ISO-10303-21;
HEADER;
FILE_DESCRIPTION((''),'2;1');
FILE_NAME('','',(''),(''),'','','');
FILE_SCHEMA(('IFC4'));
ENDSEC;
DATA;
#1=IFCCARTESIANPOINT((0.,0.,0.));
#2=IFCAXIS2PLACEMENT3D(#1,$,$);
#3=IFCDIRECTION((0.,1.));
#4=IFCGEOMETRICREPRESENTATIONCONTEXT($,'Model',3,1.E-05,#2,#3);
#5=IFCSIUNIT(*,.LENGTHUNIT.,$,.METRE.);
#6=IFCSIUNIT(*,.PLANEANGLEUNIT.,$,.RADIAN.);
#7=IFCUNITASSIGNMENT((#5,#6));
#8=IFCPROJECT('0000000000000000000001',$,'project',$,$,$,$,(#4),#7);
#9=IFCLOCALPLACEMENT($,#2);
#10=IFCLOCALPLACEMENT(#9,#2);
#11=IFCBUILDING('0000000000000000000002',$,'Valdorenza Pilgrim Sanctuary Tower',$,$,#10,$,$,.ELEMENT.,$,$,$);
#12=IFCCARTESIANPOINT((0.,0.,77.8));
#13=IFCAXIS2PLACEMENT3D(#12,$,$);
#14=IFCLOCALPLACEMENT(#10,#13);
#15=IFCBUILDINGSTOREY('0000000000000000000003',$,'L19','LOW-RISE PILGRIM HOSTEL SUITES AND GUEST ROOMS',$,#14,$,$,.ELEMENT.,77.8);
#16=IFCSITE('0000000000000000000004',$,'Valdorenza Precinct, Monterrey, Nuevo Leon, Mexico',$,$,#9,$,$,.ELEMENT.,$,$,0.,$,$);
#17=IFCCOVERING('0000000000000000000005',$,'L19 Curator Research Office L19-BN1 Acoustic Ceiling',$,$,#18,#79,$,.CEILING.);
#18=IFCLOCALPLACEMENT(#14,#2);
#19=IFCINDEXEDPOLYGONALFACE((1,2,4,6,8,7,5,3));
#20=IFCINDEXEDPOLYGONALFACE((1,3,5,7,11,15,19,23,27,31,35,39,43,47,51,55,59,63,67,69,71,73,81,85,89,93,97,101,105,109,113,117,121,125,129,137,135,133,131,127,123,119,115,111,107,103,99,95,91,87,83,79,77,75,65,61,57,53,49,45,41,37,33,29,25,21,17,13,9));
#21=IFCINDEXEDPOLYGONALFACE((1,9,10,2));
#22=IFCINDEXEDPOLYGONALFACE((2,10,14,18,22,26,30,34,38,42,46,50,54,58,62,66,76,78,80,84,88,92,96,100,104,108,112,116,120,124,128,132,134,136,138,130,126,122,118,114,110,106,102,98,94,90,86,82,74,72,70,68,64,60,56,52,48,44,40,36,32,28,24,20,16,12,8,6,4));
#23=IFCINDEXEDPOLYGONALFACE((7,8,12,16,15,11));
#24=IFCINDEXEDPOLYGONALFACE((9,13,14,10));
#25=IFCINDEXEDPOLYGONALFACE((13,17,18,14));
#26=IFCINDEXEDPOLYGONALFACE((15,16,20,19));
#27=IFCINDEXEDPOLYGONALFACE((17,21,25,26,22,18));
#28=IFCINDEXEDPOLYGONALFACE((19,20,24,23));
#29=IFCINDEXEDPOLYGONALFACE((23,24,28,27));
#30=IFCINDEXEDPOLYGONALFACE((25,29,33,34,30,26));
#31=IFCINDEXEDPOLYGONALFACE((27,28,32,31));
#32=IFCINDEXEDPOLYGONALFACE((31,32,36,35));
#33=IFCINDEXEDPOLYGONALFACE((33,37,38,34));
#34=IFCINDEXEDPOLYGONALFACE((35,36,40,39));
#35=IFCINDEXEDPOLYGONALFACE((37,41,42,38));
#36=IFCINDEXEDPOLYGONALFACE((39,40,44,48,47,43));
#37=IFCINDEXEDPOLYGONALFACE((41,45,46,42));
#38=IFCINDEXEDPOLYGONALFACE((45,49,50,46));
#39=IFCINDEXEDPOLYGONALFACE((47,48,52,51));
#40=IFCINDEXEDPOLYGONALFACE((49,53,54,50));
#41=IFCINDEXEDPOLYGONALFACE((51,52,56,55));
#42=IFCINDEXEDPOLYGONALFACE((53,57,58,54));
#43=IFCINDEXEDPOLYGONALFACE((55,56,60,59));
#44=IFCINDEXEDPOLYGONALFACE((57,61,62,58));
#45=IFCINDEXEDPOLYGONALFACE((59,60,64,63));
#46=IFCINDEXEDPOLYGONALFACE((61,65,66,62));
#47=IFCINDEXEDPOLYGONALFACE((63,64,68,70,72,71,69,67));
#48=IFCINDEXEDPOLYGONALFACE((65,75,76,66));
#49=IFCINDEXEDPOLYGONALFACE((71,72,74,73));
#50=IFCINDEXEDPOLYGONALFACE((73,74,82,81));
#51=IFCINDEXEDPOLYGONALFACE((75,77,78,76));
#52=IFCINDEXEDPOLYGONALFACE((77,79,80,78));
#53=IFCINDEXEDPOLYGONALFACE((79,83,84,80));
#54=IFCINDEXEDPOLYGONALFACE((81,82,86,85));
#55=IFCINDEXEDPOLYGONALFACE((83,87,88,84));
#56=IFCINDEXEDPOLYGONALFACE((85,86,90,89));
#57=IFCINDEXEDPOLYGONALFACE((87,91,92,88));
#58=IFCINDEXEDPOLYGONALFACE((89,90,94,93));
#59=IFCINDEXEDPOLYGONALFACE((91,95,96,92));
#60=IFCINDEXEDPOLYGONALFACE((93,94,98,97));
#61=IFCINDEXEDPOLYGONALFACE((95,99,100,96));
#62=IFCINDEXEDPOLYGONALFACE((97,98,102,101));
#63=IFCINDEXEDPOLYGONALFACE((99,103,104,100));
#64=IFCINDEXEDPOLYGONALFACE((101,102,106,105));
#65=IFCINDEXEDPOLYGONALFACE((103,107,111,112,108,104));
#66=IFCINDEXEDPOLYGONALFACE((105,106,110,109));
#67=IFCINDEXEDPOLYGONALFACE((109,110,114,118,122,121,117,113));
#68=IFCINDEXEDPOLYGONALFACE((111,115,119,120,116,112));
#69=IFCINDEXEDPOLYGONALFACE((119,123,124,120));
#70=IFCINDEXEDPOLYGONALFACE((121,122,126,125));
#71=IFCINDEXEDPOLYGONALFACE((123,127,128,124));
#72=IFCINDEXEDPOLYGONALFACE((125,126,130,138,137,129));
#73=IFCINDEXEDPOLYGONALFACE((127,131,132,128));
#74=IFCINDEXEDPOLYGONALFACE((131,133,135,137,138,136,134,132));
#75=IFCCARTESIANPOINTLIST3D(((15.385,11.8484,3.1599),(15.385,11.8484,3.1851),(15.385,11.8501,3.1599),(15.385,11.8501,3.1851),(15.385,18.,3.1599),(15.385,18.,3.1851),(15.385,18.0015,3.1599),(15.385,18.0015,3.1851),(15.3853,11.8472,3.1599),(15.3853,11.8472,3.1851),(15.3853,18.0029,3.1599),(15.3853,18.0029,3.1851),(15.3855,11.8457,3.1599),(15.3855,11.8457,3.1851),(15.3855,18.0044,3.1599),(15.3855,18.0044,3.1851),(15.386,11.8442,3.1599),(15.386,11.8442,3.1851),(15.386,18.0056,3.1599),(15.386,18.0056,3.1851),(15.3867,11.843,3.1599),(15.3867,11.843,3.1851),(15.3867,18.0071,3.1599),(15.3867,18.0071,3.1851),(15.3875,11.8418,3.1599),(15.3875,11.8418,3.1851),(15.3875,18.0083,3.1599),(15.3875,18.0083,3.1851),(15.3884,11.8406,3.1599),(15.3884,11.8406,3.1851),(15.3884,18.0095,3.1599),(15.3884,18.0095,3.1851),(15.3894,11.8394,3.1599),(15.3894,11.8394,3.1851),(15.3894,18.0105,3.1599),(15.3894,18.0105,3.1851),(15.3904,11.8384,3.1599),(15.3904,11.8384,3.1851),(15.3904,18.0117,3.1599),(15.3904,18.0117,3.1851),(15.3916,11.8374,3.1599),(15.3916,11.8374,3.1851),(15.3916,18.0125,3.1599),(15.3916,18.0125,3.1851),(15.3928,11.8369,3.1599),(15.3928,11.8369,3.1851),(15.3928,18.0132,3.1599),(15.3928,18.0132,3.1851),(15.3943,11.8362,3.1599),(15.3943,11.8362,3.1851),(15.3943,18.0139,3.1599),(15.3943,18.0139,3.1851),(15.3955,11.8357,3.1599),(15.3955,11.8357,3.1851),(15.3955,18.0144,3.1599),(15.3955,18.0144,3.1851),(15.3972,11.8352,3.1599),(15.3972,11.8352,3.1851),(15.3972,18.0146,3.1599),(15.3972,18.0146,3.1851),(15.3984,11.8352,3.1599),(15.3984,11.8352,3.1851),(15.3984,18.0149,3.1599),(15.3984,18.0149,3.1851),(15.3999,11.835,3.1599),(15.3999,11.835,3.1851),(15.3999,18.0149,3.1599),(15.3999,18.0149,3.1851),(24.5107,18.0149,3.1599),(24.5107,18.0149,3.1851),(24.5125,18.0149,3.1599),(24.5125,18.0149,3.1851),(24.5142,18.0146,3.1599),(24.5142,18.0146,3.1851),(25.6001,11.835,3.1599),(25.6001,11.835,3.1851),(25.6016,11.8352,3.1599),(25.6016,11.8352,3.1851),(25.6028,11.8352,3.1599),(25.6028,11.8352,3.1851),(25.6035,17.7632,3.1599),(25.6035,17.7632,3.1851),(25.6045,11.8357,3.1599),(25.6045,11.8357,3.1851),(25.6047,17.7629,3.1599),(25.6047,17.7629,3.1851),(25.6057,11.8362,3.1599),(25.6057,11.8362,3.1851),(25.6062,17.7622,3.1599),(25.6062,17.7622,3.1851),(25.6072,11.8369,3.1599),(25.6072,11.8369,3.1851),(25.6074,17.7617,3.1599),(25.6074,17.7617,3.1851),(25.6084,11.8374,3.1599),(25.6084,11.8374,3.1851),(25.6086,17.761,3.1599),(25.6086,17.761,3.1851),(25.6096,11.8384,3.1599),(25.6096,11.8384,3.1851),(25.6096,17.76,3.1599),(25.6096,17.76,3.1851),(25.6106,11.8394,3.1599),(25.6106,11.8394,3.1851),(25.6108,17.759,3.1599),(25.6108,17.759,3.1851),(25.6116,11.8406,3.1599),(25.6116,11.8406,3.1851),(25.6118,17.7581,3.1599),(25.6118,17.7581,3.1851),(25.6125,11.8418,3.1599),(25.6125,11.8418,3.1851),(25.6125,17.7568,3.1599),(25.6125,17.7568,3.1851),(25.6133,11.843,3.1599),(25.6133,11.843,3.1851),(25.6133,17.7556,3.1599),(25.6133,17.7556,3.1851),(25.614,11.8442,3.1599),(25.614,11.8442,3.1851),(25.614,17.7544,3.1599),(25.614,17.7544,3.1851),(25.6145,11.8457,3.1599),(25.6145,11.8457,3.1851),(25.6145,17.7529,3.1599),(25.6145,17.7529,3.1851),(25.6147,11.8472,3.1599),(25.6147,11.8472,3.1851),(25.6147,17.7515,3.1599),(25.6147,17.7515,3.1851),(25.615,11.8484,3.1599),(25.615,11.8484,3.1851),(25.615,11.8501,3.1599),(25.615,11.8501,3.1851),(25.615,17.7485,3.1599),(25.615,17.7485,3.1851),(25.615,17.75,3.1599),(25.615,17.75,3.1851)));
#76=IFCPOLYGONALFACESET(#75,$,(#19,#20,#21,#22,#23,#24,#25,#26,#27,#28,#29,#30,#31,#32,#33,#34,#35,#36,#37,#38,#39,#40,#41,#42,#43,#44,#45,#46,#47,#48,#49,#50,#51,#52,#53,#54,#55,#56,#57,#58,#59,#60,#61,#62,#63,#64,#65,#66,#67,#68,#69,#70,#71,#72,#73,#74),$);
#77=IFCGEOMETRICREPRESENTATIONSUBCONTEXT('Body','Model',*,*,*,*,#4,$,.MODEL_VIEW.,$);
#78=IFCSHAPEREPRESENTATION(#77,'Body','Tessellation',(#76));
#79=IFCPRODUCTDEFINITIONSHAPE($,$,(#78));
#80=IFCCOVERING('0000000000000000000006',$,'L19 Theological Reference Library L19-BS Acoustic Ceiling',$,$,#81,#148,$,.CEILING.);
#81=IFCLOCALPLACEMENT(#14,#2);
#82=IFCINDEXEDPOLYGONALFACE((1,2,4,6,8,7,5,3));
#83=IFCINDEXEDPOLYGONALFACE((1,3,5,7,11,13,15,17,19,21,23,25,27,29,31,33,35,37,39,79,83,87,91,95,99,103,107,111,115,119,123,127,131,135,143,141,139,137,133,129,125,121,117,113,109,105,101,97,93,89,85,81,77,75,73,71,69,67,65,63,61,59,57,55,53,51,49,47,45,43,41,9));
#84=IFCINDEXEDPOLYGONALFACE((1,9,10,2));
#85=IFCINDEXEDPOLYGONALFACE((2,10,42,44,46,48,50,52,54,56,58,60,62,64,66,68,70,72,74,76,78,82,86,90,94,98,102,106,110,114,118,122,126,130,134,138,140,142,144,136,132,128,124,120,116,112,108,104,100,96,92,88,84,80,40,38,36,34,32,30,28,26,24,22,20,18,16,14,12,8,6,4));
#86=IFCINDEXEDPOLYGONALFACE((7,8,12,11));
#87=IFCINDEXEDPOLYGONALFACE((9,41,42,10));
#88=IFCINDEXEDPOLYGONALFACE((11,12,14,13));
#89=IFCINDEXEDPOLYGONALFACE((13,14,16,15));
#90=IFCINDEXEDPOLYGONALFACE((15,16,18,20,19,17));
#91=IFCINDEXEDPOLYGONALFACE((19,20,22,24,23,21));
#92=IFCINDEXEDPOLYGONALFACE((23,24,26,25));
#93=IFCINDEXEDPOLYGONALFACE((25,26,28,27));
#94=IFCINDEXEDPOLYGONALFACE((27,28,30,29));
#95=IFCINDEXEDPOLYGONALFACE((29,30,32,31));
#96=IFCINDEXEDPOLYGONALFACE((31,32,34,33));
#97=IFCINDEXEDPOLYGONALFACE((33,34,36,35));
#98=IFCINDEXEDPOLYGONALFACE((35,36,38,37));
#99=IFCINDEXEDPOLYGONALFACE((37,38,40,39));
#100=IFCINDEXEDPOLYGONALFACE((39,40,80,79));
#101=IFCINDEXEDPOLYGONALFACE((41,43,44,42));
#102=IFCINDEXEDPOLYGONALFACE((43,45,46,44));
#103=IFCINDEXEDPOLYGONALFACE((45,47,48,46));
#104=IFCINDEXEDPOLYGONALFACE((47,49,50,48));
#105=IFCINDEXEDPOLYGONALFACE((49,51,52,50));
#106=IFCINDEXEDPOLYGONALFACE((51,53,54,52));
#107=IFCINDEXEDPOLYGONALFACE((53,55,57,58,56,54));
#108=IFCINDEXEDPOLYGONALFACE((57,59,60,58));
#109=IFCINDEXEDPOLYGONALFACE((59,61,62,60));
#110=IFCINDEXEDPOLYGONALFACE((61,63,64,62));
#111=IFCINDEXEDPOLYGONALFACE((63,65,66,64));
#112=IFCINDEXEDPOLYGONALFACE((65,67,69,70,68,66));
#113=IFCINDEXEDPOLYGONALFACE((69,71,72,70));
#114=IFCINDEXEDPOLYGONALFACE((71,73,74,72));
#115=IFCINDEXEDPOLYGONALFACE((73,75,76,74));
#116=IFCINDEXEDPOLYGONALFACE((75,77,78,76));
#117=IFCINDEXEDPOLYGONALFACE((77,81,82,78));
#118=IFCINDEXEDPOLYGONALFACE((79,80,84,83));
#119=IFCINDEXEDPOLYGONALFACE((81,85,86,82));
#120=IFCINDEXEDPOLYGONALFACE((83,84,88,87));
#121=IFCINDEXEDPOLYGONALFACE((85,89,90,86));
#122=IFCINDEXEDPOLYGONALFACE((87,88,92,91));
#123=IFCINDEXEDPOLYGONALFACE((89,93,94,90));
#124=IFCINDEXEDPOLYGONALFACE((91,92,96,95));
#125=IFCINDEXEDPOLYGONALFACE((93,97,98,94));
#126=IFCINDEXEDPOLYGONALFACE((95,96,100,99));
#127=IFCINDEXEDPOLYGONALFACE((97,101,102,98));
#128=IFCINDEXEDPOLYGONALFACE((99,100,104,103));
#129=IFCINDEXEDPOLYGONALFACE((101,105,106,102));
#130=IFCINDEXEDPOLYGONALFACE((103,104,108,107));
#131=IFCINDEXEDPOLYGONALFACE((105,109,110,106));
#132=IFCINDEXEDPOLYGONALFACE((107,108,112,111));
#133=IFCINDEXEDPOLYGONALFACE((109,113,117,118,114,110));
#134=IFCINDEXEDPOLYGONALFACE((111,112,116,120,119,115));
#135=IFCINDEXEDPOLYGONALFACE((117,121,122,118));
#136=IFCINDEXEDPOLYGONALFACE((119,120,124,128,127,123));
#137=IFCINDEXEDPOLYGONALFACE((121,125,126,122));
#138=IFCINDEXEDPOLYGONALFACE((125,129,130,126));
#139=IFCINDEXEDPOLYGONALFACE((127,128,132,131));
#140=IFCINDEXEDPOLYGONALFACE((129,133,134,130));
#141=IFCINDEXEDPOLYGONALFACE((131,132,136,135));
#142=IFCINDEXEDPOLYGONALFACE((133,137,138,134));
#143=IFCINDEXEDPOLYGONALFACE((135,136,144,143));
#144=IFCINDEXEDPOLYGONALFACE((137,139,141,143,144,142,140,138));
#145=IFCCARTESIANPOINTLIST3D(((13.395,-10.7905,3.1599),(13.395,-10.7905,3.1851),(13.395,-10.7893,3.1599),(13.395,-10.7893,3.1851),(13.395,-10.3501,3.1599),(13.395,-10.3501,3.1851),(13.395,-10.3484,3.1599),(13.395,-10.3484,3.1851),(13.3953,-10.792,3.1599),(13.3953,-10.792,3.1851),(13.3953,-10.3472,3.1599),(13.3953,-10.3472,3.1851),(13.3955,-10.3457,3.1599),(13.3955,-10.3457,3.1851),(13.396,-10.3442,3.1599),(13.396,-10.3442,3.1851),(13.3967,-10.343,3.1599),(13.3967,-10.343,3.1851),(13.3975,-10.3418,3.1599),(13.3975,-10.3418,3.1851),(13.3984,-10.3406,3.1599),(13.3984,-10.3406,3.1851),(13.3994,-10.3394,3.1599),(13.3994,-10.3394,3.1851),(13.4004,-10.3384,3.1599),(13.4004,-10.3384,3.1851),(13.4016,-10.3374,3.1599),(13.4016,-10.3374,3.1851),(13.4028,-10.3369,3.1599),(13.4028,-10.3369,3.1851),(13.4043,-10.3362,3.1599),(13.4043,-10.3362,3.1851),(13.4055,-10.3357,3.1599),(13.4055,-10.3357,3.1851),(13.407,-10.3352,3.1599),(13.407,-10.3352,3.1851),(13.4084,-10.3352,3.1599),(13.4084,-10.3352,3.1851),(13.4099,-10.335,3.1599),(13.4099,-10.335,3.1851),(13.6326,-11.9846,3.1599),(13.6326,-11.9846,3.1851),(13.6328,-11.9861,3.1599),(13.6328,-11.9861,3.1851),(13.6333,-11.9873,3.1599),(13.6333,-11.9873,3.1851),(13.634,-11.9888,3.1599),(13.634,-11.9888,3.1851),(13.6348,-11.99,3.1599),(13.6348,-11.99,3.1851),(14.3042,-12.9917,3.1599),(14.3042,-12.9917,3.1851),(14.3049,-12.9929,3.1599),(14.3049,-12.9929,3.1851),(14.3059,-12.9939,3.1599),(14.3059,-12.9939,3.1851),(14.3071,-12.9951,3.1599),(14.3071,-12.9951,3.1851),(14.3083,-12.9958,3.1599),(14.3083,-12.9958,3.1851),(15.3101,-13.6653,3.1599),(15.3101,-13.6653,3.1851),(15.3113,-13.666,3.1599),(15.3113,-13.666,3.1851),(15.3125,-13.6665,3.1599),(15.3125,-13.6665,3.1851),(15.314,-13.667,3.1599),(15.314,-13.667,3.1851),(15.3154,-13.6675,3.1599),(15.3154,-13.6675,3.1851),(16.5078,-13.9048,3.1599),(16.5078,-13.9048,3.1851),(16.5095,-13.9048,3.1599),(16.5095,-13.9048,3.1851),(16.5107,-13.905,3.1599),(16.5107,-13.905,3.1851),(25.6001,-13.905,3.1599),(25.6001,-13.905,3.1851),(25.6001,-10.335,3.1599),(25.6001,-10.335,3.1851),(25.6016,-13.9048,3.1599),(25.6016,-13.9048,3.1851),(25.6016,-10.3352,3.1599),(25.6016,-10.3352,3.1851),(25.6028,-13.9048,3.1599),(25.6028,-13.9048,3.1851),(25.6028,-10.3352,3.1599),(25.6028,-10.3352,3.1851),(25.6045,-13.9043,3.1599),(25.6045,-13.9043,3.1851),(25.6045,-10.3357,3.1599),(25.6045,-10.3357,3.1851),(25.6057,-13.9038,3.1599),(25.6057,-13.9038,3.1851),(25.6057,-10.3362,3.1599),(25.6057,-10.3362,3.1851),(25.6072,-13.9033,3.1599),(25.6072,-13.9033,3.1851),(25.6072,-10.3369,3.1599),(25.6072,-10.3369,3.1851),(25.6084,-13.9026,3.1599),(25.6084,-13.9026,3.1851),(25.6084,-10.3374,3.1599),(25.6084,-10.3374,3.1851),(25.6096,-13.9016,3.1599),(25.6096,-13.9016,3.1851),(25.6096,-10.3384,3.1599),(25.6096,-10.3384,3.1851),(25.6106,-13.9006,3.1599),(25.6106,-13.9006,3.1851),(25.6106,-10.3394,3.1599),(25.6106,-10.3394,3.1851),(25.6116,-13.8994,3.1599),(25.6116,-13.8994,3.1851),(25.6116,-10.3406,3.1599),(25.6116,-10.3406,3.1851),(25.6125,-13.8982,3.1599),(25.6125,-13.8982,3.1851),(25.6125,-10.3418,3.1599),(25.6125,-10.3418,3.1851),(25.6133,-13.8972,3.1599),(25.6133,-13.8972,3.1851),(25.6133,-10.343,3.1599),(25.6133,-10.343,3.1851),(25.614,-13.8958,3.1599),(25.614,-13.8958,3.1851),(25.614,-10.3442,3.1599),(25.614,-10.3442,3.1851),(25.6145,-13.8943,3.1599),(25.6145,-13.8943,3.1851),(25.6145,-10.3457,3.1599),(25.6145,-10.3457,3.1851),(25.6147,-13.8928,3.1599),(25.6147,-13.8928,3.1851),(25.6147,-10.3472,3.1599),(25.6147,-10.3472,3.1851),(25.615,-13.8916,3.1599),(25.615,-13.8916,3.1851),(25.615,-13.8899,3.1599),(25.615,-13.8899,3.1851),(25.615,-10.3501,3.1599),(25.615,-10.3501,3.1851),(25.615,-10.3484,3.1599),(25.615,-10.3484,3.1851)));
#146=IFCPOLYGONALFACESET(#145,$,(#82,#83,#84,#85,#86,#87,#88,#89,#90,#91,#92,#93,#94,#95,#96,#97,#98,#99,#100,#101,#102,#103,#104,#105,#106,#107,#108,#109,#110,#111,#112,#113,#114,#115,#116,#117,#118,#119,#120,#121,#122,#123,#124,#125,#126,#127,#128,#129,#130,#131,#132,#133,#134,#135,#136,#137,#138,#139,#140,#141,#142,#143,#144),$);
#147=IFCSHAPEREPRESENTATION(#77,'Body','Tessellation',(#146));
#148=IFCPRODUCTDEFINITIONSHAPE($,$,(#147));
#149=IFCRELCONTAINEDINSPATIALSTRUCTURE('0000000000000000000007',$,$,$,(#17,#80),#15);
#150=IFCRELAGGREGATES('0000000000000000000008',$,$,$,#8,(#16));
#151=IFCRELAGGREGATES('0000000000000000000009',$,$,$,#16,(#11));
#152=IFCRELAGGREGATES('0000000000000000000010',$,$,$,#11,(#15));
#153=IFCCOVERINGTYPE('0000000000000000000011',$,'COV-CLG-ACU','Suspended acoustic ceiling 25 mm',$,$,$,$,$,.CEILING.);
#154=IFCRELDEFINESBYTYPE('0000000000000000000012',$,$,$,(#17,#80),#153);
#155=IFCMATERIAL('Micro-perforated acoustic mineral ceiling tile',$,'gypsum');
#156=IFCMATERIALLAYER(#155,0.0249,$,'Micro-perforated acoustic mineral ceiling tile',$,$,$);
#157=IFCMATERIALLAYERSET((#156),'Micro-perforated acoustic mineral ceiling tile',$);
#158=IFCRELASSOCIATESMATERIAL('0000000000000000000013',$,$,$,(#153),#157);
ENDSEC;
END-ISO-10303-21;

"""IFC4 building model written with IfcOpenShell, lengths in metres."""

from ifc_helpers import new_model, si_unit, direction, frame, origin, place, context, subcontext, project, spatial, polyline, outline, extrude, material, layer, layer_set, type_object, element, save


model = new_model("IFC4")

# Units and contexts
model_context = context("Model", 3, precision=1e-05, world=origin(), true_north=direction((0.0, 1.0)))
body_context = subcontext(model_context, "Body", "Model", "MODEL_VIEW")
ifc_project = project(units=[si_unit("LENGTHUNIT", "METRE"), si_unit("PLANEANGLEUNIT", "RADIAN")], contexts=[model_context])

# Site, building, storey
site_placement = place(None, origin())
site = spatial("IfcSite", under=ifc_project, at=site_placement, Name="Valdorenza Precinct, Monterrey, Nuevo Leon, Mexico", CompositionType="ELEMENT", RefElevation=0.0)
building_placement = place(site_placement, origin())
building = spatial("IfcBuilding", under=site, at=building_placement, Name="Valdorenza Pilgrim Sanctuary Tower", CompositionType="ELEMENT")
storey_placement = place(building_placement, frame((0.0, 0.0, 77.8)))
storey = spatial("IfcBuildingStorey", under=building, at=storey_placement, Name="L19", Description="LOW-RISE PILGRIM HOSTEL SUITES AND GUEST ROOMS", CompositionType="ELEMENT", Elevation=77.8)

# Coverings
ifc_material_1 = material(Name="Micro-perforated acoustic mineral ceiling tile", Category="gypsum")
ifc_layer_1 = layer(ifc_material_1, 0.0249, Name="Micro-perforated acoustic mineral ceiling tile")
ifc_layer_set_1 = layer_set([ifc_layer_1], Name="Micro-perforated acoustic mineral ceiling tile")
covering_type_1 = type_object("IfcCoveringType", Name="COV-CLG-ACU", Description="Suspended acoustic ceiling 25 mm", PredefinedType="CEILING", material=ifc_layer_set_1)
covering_1_placement = place(storey_placement, frame((0.0, 0.0, 3.1599)))
element("IfcCovering", 1, at=covering_1_placement, inside=storey, type_object=covering_type_1, Name="L19 Curator Research Office L19-BN1 Acoustic Ceiling", PredefinedType="CEILING", context=body_context, shape_type="SweptSolid", body=[
    extrude(outline(polyline([(15.3999, 11.835), (15.3984, 11.8352), (15.3972, 11.8352), (15.3955, 11.8357), (15.3943, 11.8362), (15.3928, 11.8369), (15.3916, 11.8374), (15.3904, 11.8384), (15.3894, 11.8394), (15.3884, 11.8406), (15.3875, 11.8418), (15.3867, 11.843), (15.386, 11.8442), (15.3855, 11.8457), (15.3853, 11.8472), (15.385, 11.8484), (15.385, 11.8501), (15.385, 18.0), (15.385, 18.0015), (15.3853, 18.0029), (15.3855, 18.0044), (15.386, 18.0056), (15.3867, 18.0071), (15.3875, 18.0083), (15.3884, 18.0095), (15.3894, 18.0105), (15.3904, 18.0117), (15.3916, 18.0125), (15.3928, 18.0132), (15.3943, 18.0139), (15.3955, 18.0144), (15.3972, 18.0146), (15.3984, 18.0149), (15.3999, 18.0149), (24.5107, 18.0149), (24.5125, 18.0149), (24.5142, 18.0146), (25.6035, 17.7632), (25.6047, 17.7629), (25.6062, 17.7622), (25.6074, 17.7617), (25.6086, 17.761), (25.6096, 17.76), (25.6108, 17.759), (25.6118, 17.7581), (25.6125, 17.7568), (25.6133, 17.7556), (25.614, 17.7544), (25.6145, 17.7529), (25.6147, 17.7515), (25.615, 17.75), (25.615, 17.7485), (25.615, 11.8501), (25.615, 11.8484), (25.6147, 11.8472), (25.6145, 11.8457), (25.614, 11.8442), (25.6133, 11.843), (25.6125, 11.8418), (25.6116, 11.8406), (25.6106, 11.8394), (25.6096, 11.8384), (25.6084, 11.8374), (25.6072, 11.8369), (25.6057, 11.8362), (25.6045, 11.8357), (25.6028, 11.8352), (25.6016, 11.8352), (25.6001, 11.835), (15.3999, 11.835)])), origin(), (0.0, 0.0, 1.0), 0.0251),
])
covering_2_placement = place(storey_placement, frame((0.0, 0.0, 3.1599)))
element("IfcCovering", 2, at=covering_2_placement, inside=storey, type_object=covering_type_1, Name="L19 Theological Reference Library L19-BS Acoustic Ceiling", PredefinedType="CEILING", context=body_context, shape_type="SweptSolid", body=[
    extrude(outline(polyline([(25.615, -13.8899), (25.615, -13.8916), (25.6147, -13.8928), (25.6145, -13.8943), (25.614, -13.8958), (25.6133, -13.8972), (25.6125, -13.8982), (25.6116, -13.8994), (25.6106, -13.9006), (25.6096, -13.9016), (25.6084, -13.9026), (25.6072, -13.9033), (25.6057, -13.9038), (25.6045, -13.9043), (25.6028, -13.9048), (25.6016, -13.9048), (25.6001, -13.905), (16.5107, -13.905), (16.5095, -13.9048), (16.5078, -13.9048), (15.3154, -13.6675), (15.314, -13.667), (15.3125, -13.6665), (15.3113, -13.666), (15.3101, -13.6653), (14.3083, -12.9958), (14.3071, -12.9951), (14.3059, -12.9939), (14.3049, -12.9929), (14.3042, -12.9917), (13.6348, -11.99), (13.634, -11.9888), (13.6333, -11.9873), (13.6328, -11.9861), (13.6326, -11.9846), (13.3953, -10.792), (13.395, -10.7905), (13.395, -10.7893), (13.395, -10.3501), (13.395, -10.3484), (13.3953, -10.3472), (13.3955, -10.3457), (13.396, -10.3442), (13.3967, -10.343), (13.3975, -10.3418), (13.3984, -10.3406), (13.3994, -10.3394), (13.4004, -10.3384), (13.4016, -10.3374), (13.4028, -10.3369), (13.4043, -10.3362), (13.4055, -10.3357), (13.407, -10.3352), (13.4084, -10.3352), (13.4099, -10.335), (25.6001, -10.335), (25.6016, -10.3352), (25.6028, -10.3352), (25.6045, -10.3357), (25.6057, -10.3362), (25.6072, -10.3369), (25.6084, -10.3374), (25.6096, -10.3384), (25.6106, -10.3394), (25.6116, -10.3406), (25.6125, -10.3418), (25.6133, -10.343), (25.614, -10.3442), (25.6145, -10.3457), (25.6147, -10.3472), (25.615, -10.3484), (25.615, -10.3501), (25.615, -13.8899)])), origin(), (0.0, 0.0, 1.0), 0.0251),
])

save(model, "model.ifc")
